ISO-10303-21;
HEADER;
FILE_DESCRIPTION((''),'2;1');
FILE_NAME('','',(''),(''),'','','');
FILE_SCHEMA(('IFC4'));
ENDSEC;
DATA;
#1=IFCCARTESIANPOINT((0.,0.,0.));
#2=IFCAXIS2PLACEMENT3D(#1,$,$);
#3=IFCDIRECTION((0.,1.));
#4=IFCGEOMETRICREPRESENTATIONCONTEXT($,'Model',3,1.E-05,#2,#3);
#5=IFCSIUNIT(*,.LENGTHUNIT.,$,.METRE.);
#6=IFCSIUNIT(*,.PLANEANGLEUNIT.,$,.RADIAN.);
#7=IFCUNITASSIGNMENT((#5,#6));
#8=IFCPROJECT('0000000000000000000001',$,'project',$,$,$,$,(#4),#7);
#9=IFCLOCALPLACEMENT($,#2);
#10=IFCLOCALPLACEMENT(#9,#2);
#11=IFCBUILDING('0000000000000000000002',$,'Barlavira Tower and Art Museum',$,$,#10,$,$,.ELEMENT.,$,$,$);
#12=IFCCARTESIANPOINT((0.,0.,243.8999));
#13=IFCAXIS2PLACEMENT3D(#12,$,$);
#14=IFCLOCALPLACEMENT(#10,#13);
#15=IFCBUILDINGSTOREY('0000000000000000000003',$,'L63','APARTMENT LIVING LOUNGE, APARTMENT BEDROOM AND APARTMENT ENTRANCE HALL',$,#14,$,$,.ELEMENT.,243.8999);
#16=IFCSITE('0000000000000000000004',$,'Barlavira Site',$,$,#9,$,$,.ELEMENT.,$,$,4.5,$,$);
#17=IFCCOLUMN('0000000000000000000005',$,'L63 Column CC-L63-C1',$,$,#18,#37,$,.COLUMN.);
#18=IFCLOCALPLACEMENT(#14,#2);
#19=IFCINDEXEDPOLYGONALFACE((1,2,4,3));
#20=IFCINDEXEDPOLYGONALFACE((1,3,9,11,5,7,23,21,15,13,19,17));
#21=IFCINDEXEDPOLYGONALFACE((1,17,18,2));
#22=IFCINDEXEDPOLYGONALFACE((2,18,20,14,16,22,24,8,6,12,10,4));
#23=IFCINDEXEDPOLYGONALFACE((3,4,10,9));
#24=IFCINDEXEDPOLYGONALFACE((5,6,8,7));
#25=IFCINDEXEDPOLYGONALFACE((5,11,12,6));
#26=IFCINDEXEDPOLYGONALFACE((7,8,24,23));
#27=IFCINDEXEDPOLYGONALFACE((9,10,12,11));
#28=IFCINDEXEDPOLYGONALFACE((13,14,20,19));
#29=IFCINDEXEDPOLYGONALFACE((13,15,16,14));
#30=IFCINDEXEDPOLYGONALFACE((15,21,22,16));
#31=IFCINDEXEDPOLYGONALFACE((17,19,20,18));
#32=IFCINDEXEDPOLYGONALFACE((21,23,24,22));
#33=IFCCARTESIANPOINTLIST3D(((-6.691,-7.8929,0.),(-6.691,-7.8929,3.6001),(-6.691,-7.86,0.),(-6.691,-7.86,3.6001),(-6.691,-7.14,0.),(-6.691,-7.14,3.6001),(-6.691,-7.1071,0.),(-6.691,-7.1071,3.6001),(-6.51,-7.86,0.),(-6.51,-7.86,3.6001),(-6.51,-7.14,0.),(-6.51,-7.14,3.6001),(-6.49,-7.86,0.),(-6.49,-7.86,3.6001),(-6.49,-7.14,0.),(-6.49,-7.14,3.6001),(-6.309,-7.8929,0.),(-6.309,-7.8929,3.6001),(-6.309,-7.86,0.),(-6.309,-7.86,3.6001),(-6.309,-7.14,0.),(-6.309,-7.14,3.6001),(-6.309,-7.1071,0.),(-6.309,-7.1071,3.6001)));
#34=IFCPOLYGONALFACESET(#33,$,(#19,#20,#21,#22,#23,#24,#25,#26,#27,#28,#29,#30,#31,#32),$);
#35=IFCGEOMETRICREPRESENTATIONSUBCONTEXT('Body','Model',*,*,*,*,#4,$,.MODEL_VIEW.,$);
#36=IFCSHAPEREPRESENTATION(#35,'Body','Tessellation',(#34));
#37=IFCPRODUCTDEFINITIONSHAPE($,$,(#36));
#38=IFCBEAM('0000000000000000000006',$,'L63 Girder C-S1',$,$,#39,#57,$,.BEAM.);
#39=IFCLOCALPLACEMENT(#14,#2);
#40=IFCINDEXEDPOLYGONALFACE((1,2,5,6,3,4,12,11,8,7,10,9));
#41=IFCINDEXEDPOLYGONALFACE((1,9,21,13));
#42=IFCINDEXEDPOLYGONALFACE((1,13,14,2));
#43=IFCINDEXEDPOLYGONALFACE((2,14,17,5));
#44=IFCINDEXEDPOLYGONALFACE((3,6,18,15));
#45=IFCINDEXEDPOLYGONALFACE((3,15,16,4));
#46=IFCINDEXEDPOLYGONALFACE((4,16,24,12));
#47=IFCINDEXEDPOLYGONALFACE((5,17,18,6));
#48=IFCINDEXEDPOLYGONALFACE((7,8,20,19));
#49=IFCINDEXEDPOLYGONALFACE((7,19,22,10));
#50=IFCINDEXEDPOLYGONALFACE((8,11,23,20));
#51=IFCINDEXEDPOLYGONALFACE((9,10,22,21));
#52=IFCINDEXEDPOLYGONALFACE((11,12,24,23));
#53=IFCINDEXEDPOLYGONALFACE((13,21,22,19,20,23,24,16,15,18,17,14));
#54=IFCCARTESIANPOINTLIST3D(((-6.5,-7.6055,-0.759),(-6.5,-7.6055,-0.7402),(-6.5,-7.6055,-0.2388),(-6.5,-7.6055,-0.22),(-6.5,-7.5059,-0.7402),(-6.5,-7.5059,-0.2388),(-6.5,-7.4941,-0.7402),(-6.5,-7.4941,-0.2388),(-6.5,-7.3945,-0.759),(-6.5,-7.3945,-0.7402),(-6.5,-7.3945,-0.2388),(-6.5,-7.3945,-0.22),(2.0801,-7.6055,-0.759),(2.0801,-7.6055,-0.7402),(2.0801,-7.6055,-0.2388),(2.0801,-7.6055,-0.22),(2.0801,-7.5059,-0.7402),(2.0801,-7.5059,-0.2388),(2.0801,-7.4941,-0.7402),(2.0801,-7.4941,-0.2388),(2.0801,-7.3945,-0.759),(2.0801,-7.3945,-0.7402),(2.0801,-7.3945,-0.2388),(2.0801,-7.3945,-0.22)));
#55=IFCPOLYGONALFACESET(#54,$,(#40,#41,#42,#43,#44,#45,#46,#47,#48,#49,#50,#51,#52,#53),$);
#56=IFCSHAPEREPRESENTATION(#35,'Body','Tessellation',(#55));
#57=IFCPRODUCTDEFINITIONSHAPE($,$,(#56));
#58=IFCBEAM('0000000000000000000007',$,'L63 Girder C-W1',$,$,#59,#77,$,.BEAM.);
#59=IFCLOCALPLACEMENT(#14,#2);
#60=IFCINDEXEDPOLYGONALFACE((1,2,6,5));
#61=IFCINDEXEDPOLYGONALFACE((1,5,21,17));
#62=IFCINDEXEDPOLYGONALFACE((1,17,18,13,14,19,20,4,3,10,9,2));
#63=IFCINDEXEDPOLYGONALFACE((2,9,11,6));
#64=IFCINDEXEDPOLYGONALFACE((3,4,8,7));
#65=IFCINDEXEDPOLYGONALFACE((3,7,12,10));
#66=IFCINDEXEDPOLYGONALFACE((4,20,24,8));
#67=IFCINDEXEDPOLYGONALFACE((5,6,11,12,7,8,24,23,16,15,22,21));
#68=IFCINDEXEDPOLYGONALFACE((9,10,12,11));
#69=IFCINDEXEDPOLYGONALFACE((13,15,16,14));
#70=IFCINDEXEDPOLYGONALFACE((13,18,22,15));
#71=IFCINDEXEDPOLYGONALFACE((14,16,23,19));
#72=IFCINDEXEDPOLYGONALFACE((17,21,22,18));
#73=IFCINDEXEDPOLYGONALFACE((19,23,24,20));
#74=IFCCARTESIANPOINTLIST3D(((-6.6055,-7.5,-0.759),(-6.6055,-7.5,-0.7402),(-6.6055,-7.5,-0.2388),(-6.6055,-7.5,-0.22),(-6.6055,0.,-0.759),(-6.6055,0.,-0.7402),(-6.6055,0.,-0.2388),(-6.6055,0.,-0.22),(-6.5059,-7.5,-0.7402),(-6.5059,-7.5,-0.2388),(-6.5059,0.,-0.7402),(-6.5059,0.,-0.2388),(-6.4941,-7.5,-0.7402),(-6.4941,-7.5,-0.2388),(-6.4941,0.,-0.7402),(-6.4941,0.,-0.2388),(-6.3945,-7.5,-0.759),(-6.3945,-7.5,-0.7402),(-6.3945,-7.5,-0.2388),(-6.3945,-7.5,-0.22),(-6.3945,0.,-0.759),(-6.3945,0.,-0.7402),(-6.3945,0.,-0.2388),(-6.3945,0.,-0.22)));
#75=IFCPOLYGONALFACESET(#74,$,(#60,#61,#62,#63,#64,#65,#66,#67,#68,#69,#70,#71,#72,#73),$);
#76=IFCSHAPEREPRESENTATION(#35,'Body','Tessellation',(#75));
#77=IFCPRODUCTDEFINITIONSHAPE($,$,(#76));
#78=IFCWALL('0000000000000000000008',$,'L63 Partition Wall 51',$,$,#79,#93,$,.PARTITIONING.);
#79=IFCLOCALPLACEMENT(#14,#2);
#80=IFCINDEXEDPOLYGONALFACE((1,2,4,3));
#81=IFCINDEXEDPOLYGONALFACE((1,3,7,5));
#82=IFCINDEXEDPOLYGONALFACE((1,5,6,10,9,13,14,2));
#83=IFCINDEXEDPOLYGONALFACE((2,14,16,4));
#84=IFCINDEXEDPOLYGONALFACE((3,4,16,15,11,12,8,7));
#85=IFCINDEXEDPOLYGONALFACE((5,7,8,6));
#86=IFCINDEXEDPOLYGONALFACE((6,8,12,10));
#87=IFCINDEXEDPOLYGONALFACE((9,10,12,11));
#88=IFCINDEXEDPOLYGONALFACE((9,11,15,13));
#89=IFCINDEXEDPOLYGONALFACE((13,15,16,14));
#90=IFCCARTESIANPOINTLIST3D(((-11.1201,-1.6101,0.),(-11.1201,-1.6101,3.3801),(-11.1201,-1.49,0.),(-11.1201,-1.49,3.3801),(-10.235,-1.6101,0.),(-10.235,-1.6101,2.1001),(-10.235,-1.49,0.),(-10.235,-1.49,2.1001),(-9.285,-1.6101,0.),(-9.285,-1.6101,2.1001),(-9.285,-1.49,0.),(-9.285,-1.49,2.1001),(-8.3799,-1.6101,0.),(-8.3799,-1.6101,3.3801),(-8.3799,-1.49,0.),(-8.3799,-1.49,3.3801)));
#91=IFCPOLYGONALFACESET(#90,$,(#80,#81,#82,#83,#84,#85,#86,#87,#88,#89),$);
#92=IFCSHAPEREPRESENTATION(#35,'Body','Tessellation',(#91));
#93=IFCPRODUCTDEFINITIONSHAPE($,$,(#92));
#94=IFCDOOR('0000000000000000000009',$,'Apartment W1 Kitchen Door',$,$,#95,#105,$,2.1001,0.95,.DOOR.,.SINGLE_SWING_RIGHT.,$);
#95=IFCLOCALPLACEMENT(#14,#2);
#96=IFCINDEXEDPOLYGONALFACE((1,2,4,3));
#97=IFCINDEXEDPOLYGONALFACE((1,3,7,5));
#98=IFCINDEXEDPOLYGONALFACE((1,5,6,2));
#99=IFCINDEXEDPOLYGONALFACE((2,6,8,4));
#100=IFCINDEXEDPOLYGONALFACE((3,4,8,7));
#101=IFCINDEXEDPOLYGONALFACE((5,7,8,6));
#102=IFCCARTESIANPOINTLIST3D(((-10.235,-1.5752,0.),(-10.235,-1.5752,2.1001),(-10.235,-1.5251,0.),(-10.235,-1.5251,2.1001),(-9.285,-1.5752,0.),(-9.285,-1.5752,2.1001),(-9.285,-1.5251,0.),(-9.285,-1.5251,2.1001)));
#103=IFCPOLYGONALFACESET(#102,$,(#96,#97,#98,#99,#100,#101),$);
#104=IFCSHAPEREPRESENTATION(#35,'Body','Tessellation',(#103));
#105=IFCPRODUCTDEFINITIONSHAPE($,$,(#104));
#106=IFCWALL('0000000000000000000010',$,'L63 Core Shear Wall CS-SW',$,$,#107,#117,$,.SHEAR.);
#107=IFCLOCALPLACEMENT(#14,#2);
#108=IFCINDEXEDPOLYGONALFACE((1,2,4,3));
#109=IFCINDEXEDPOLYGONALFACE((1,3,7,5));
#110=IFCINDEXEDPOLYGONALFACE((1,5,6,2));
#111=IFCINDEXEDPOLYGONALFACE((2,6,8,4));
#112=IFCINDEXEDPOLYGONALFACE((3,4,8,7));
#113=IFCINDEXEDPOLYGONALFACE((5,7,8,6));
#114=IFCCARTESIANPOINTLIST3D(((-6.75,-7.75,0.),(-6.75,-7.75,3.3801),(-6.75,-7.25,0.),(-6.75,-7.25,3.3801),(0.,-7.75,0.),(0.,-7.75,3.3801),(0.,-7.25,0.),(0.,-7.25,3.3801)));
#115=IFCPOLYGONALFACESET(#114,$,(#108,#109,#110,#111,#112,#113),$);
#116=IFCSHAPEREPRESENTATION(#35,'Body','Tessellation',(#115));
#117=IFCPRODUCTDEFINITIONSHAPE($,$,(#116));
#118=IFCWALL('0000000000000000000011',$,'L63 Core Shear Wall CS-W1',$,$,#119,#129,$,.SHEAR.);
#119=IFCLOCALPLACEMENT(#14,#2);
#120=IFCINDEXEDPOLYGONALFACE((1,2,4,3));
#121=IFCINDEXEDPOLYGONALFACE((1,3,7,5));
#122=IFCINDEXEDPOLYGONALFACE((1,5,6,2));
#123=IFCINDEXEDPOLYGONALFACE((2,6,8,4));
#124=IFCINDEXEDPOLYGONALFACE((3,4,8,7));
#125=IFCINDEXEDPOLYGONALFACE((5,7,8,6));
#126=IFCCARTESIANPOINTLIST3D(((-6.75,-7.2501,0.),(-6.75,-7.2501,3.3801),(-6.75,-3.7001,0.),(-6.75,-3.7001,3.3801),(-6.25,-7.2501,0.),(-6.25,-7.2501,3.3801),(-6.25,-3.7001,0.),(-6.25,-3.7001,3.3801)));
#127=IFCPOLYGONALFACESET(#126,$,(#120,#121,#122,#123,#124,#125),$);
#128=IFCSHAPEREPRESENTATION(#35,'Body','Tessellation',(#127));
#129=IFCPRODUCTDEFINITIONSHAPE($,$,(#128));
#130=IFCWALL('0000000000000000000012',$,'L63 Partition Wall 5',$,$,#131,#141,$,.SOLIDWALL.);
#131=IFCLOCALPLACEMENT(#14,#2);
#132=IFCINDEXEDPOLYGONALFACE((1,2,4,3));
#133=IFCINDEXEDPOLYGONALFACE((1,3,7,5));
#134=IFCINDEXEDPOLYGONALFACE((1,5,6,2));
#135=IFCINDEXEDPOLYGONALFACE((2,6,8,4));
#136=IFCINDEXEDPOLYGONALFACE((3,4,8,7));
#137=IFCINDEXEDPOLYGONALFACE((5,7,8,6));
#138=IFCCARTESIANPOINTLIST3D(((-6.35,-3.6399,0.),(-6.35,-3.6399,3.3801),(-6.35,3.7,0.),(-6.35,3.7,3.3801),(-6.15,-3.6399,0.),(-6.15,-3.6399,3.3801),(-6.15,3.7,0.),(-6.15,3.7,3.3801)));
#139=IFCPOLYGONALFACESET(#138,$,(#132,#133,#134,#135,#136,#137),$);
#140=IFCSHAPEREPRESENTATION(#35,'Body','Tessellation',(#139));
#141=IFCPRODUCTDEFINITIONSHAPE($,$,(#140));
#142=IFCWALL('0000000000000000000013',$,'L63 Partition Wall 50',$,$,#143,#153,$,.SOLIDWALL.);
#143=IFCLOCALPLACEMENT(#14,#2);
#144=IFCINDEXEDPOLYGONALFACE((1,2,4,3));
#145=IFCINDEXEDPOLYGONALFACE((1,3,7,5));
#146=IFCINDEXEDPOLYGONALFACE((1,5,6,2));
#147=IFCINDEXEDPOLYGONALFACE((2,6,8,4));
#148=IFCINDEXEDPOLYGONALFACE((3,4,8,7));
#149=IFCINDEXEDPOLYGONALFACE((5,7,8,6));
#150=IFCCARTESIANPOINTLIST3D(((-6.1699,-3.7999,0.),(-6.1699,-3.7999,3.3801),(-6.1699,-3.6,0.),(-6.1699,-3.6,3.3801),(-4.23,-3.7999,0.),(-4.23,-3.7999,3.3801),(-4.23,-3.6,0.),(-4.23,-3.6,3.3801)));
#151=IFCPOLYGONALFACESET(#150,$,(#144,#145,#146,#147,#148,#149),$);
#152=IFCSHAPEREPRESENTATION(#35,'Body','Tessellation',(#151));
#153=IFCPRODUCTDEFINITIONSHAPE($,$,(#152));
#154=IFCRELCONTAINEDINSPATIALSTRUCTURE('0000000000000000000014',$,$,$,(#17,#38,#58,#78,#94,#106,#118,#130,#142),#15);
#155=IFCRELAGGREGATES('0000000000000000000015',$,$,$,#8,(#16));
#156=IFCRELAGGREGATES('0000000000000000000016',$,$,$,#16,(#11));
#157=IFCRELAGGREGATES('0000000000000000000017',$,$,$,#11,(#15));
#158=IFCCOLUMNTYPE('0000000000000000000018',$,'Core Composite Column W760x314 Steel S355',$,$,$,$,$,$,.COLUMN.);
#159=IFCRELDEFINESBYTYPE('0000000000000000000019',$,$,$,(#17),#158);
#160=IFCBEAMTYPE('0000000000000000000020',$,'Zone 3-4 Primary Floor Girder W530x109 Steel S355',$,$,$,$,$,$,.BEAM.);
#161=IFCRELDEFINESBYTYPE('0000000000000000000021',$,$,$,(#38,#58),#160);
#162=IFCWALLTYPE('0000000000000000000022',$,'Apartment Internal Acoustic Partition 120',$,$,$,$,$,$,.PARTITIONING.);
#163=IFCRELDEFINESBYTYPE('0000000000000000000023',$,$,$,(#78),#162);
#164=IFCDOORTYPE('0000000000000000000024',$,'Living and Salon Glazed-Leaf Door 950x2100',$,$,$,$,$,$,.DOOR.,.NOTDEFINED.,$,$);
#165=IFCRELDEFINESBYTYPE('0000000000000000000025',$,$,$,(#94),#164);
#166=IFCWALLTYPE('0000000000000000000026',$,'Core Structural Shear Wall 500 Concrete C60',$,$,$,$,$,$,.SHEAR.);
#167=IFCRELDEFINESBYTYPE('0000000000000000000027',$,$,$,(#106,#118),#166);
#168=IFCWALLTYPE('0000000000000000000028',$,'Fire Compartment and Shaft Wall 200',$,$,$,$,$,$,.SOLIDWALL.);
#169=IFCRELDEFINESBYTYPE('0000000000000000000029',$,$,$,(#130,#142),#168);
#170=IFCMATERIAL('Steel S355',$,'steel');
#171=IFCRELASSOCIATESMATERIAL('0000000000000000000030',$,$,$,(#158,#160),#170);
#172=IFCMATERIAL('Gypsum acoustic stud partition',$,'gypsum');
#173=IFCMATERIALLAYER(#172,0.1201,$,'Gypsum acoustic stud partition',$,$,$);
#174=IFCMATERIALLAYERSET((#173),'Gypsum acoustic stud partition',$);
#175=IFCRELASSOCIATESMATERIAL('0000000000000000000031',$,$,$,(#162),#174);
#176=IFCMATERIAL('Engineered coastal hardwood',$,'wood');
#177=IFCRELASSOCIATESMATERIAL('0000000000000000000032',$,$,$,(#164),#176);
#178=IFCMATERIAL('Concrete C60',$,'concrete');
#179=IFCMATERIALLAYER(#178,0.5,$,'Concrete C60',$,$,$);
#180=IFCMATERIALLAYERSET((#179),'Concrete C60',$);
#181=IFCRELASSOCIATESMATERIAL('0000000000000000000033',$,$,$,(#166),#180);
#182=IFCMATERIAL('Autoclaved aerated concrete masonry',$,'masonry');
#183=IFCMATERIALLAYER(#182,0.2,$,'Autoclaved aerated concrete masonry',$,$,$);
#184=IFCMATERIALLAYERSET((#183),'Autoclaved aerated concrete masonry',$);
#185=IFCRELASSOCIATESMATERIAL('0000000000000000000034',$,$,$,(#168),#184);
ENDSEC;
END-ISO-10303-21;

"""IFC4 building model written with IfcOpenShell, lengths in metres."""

from ifc_helpers import new_model, si_unit, direction, frame, frame_2d, origin, origin_2d, place, context, subcontext, project, spatial, rectangle, i_section, extrude, material, layer, layer_set, material_profile, profile_set, type_object, element, fill, save


model = new_model("IFC4")

# Units and contexts
model_context = context("Model", 3, precision=1e-05, world=origin(), true_north=direction((0.0, 1.0)))
body_context = subcontext(model_context, "Body", "Model", "MODEL_VIEW")
ifc_project = project(units=[si_unit("LENGTHUNIT", "METRE"), si_unit("PLANEANGLEUNIT", "RADIAN")], contexts=[model_context])

# Site, building, storey
site_placement = place(None, origin())
site = spatial("IfcSite", under=ifc_project, at=site_placement, Name="Barlavira Site", CompositionType="ELEMENT", RefElevation=4.5)
building_placement = place(site_placement, origin())
building = spatial("IfcBuilding", under=site, at=building_placement, Name="Barlavira Tower and Art Museum", CompositionType="ELEMENT")
storey_placement = place(building_placement, frame((0.0, 0.0, 243.8999)))
storey = spatial("IfcBuildingStorey", under=building, at=storey_placement, Name="L63", Description="APARTMENT LIVING LOUNGE, APARTMENT BEDROOM AND APARTMENT ENTRANCE HALL", CompositionType="ELEMENT", Elevation=243.8999)

# Column
ifc_material_1 = material(Name="Steel S355", Category="steel")
ifc_material_profile_1 = material_profile(ifc_material_1, i_section(OverallWidth=0.3821, OverallDepth=0.7859, WebThickness=0.02, FlangeThickness=0.033, at=origin_2d()), Name="W760x314.0")
ifc_profile_set_1 = profile_set([ifc_material_profile_1], Name="Steel S355")
column_type = type_object("IfcColumnType", Name="Core Composite Column W760x314 Steel S355", PredefinedType="COLUMN", material=ifc_profile_set_1)
column_placement = place(storey_placement, frame((-6.5, -7.5, 0.0), z_axis=(0.0, 0.0, 1.0), x_axis=(1.0, 0.0, 0.0)))
element("IfcColumn", 1, at=column_placement, inside=storey, type_object=column_type, Name="L63 Column CC-L63-C1", PredefinedType="COLUMN", context=body_context, shape_type="SweptSolid", body=[
    extrude(i_section(OverallWidth=0.3821, OverallDepth=0.7859, WebThickness=0.02, FlangeThickness=0.033, at=origin_2d()), origin(), (0.0, 0.0, 1.0), 3.6001),
])

# Beams
ifc_material_profile_2 = material_profile(ifc_material_1, i_section(OverallWidth=0.2109, OverallDepth=0.5391, WebThickness=0.0117, FlangeThickness=0.0188, at=origin_2d()), Name="W530x109.0")
ifc_profile_set_2 = profile_set([ifc_material_profile_2], Name="Steel S355")
beam_type = type_object("IfcBeamType", Name="Zone 3-4 Primary Floor Girder W530x109 Steel S355", PredefinedType="BEAM", material=ifc_profile_set_2)
beam_1_placement = place(storey_placement, frame((-6.5, -7.5, -0.4895), z_axis=(1.0, 0.0, 0.0), x_axis=(0.0, 1.0, 0.0)))
element("IfcBeam", 2, at=beam_1_placement, inside=storey, type_object=beam_type, Name="L63 Girder C-S1", PredefinedType="BEAM", context=body_context, shape_type="SweptSolid", body=[
    extrude(i_section(OverallWidth=0.2109, OverallDepth=0.5391, WebThickness=0.0117, FlangeThickness=0.0188, at=origin_2d()), origin(), (0.0, 0.0, 1.0), 8.5801),
])
beam_2_placement = place(storey_placement, frame((-6.5, -7.5, -0.4895), z_axis=(0.0, 1.0, 0.0), x_axis=(-1.0, 0.0, 0.0)))
element("IfcBeam", 3, at=beam_2_placement, inside=storey, type_object=beam_type, Name="L63 Girder C-W1", PredefinedType="BEAM", context=body_context, shape_type="SweptSolid", body=[
    extrude(i_section(OverallWidth=0.2109, OverallDepth=0.5391, WebThickness=0.0117, FlangeThickness=0.0188, at=origin_2d()), origin(), (0.0, 0.0, 1.0), 7.5),
])

# Wall, opening, door
ifc_material_2 = material(Name="Gypsum acoustic stud partition", Category="gypsum")
ifc_layer_1 = layer(ifc_material_2, 0.1201, Name="Gypsum acoustic stud partition")
ifc_layer_set_1 = layer_set([ifc_layer_1], Name="Gypsum acoustic stud partition")
wall_type_1 = type_object("IfcWallType", Name="Apartment Internal Acoustic Partition 120", PredefinedType="PARTITIONING", material=ifc_layer_set_1)
wall_1_placement = place(storey_placement, frame((-11.1201, -1.55, 0.0), z_axis=(0.0, 0.0, 1.0), x_axis=(1.0, 0.0, 0.0)))
wall_1 = element("IfcWall", 4, at=wall_1_placement, inside=storey, type_object=wall_type_1, Name="L63 Partition Wall 51", PredefinedType="PARTITIONING", context=body_context, shape_type="SweptSolid", body=[
    extrude(rectangle(XDim=2.7402, YDim=0.1201, at=frame_2d((1.3701, 0.0))), origin(), (0.0, 0.0, 1.0), 3.3801),
])
opening_1_placement = place(wall_1_placement, frame((0.885, 0.0, 0.0)))
opening_1 = element("IfcOpeningElement", 5, at=opening_1_placement, cuts=wall_1, PredefinedType="OPENING", context=body_context, shape_type="SweptSolid", body=[
    extrude(rectangle(XDim=0.95, YDim=2.1001, at=frame_2d((0.4751, 1.05))), frame((0.0, 0.0701, 0.0), z_axis=(0.0, -1.0, 0.0), x_axis=(1.0, 0.0, 0.0)), (0.0, 0.0, 1.0), 0.1401),
])
ifc_material_3 = material(Name="Engineered coastal hardwood", Category="wood")
door_type_1 = type_object("IfcDoorType", Name="Living and Salon Glazed-Leaf Door 950x2100", OperationType="NOTDEFINED", PredefinedType="DOOR", material=ifc_material_3)
door_1_placement = place(opening_1_placement, origin())
door_1 = element("IfcDoor", 6, at=door_1_placement, inside=storey, type_object=door_type_1, Name="Apartment W1 Kitchen Door", OperationType="SINGLE_SWING_RIGHT", OverallHeight=2.1001, OverallWidth=0.95, PredefinedType="DOOR", context=body_context, shape_type="SweptSolid", body=[
    extrude(rectangle(XDim=0.95, YDim=2.1001, at=frame_2d((0.4751, 1.05))), frame((0.0, 0.0249, 0.0), z_axis=(0.0, -1.0, 0.0), x_axis=(1.0, 0.0, 0.0)), (0.0, 0.0, 1.0), 0.05),
])
fill(opening_1, door_1)

# Walls
ifc_material_4 = material(Name="Concrete C60", Category="concrete")
ifc_layer_2 = layer(ifc_material_4, 0.5, Name="Concrete C60")
ifc_layer_set_2 = layer_set([ifc_layer_2], Name="Concrete C60")
wall_type_2 = type_object("IfcWallType", Name="Core Structural Shear Wall 500 Concrete C60", PredefinedType="SHEAR", material=ifc_layer_set_2)
wall_2_placement = place(storey_placement, frame((-6.75, -7.5, 0.0), z_axis=(0.0, 0.0, 1.0), x_axis=(1.0, 0.0, 0.0)))
element("IfcWall", 7, at=wall_2_placement, inside=storey, type_object=wall_type_2, Name="L63 Core Shear Wall CS-SW", PredefinedType="SHEAR", context=body_context, shape_type="SweptSolid", body=[
    extrude(rectangle(XDim=6.75, YDim=0.5, at=frame_2d((3.375, 0.0))), origin(), (0.0, 0.0, 1.0), 3.3801),
])
wall_3_placement = place(storey_placement, frame((-6.5, -7.25, 0.0), z_axis=(0.0, 0.0, 1.0), x_axis=(0.0, 1.0, 0.0)))
element("IfcWall", 8, at=wall_3_placement, inside=storey, type_object=wall_type_2, Name="L63 Core Shear Wall CS-W1", PredefinedType="SHEAR", context=body_context, shape_type="SweptSolid", body=[
    extrude(rectangle(XDim=3.55, YDim=0.5, at=frame_2d((1.7749, 0.0))), origin(), (0.0, 0.0, 1.0), 3.3801),
])
ifc_material_5 = material(Name="Autoclaved aerated concrete masonry", Category="masonry")
ifc_layer_3 = layer(ifc_material_5, 0.2, Name="Autoclaved aerated concrete masonry")
ifc_layer_set_3 = layer_set([ifc_layer_3], Name="Autoclaved aerated concrete masonry")
wall_type_3 = type_object("IfcWallType", Name="Fire Compartment and Shaft Wall 200", PredefinedType="SOLIDWALL", material=ifc_layer_set_3)
wall_4_placement = place(storey_placement, frame((-6.25, -3.6399, 0.0), z_axis=(0.0, 0.0, 1.0), x_axis=(0.0, 1.0, 0.0)))
element("IfcWall", 9, at=wall_4_placement, inside=storey, type_object=wall_type_3, Name="L63 Partition Wall 5", PredefinedType="SOLIDWALL", context=body_context, shape_type="SweptSolid", body=[
    extrude(rectangle(XDim=7.3398, YDim=0.2, at=frame_2d((3.6699, 0.0))), origin(), (0.0, 0.0, 1.0), 3.3801),
])

# Wall
wall_5_placement = place(storey_placement, frame((-6.1699, -3.7, 0.0), z_axis=(0.0, 0.0, 1.0), x_axis=(1.0, 0.0, 0.0)))
element("IfcWall", 10, at=wall_5_placement, inside=storey, type_object=wall_type_3, Name="L63 Partition Wall 50", PredefinedType="SOLIDWALL", context=body_context, shape_type="SweptSolid", body=[
    extrude(rectangle(XDim=1.9399, YDim=0.2, at=frame_2d((0.97, 0.0))), origin(), (0.0, 0.0, 1.0), 3.3801),
])

save(model, "model.ifc")
